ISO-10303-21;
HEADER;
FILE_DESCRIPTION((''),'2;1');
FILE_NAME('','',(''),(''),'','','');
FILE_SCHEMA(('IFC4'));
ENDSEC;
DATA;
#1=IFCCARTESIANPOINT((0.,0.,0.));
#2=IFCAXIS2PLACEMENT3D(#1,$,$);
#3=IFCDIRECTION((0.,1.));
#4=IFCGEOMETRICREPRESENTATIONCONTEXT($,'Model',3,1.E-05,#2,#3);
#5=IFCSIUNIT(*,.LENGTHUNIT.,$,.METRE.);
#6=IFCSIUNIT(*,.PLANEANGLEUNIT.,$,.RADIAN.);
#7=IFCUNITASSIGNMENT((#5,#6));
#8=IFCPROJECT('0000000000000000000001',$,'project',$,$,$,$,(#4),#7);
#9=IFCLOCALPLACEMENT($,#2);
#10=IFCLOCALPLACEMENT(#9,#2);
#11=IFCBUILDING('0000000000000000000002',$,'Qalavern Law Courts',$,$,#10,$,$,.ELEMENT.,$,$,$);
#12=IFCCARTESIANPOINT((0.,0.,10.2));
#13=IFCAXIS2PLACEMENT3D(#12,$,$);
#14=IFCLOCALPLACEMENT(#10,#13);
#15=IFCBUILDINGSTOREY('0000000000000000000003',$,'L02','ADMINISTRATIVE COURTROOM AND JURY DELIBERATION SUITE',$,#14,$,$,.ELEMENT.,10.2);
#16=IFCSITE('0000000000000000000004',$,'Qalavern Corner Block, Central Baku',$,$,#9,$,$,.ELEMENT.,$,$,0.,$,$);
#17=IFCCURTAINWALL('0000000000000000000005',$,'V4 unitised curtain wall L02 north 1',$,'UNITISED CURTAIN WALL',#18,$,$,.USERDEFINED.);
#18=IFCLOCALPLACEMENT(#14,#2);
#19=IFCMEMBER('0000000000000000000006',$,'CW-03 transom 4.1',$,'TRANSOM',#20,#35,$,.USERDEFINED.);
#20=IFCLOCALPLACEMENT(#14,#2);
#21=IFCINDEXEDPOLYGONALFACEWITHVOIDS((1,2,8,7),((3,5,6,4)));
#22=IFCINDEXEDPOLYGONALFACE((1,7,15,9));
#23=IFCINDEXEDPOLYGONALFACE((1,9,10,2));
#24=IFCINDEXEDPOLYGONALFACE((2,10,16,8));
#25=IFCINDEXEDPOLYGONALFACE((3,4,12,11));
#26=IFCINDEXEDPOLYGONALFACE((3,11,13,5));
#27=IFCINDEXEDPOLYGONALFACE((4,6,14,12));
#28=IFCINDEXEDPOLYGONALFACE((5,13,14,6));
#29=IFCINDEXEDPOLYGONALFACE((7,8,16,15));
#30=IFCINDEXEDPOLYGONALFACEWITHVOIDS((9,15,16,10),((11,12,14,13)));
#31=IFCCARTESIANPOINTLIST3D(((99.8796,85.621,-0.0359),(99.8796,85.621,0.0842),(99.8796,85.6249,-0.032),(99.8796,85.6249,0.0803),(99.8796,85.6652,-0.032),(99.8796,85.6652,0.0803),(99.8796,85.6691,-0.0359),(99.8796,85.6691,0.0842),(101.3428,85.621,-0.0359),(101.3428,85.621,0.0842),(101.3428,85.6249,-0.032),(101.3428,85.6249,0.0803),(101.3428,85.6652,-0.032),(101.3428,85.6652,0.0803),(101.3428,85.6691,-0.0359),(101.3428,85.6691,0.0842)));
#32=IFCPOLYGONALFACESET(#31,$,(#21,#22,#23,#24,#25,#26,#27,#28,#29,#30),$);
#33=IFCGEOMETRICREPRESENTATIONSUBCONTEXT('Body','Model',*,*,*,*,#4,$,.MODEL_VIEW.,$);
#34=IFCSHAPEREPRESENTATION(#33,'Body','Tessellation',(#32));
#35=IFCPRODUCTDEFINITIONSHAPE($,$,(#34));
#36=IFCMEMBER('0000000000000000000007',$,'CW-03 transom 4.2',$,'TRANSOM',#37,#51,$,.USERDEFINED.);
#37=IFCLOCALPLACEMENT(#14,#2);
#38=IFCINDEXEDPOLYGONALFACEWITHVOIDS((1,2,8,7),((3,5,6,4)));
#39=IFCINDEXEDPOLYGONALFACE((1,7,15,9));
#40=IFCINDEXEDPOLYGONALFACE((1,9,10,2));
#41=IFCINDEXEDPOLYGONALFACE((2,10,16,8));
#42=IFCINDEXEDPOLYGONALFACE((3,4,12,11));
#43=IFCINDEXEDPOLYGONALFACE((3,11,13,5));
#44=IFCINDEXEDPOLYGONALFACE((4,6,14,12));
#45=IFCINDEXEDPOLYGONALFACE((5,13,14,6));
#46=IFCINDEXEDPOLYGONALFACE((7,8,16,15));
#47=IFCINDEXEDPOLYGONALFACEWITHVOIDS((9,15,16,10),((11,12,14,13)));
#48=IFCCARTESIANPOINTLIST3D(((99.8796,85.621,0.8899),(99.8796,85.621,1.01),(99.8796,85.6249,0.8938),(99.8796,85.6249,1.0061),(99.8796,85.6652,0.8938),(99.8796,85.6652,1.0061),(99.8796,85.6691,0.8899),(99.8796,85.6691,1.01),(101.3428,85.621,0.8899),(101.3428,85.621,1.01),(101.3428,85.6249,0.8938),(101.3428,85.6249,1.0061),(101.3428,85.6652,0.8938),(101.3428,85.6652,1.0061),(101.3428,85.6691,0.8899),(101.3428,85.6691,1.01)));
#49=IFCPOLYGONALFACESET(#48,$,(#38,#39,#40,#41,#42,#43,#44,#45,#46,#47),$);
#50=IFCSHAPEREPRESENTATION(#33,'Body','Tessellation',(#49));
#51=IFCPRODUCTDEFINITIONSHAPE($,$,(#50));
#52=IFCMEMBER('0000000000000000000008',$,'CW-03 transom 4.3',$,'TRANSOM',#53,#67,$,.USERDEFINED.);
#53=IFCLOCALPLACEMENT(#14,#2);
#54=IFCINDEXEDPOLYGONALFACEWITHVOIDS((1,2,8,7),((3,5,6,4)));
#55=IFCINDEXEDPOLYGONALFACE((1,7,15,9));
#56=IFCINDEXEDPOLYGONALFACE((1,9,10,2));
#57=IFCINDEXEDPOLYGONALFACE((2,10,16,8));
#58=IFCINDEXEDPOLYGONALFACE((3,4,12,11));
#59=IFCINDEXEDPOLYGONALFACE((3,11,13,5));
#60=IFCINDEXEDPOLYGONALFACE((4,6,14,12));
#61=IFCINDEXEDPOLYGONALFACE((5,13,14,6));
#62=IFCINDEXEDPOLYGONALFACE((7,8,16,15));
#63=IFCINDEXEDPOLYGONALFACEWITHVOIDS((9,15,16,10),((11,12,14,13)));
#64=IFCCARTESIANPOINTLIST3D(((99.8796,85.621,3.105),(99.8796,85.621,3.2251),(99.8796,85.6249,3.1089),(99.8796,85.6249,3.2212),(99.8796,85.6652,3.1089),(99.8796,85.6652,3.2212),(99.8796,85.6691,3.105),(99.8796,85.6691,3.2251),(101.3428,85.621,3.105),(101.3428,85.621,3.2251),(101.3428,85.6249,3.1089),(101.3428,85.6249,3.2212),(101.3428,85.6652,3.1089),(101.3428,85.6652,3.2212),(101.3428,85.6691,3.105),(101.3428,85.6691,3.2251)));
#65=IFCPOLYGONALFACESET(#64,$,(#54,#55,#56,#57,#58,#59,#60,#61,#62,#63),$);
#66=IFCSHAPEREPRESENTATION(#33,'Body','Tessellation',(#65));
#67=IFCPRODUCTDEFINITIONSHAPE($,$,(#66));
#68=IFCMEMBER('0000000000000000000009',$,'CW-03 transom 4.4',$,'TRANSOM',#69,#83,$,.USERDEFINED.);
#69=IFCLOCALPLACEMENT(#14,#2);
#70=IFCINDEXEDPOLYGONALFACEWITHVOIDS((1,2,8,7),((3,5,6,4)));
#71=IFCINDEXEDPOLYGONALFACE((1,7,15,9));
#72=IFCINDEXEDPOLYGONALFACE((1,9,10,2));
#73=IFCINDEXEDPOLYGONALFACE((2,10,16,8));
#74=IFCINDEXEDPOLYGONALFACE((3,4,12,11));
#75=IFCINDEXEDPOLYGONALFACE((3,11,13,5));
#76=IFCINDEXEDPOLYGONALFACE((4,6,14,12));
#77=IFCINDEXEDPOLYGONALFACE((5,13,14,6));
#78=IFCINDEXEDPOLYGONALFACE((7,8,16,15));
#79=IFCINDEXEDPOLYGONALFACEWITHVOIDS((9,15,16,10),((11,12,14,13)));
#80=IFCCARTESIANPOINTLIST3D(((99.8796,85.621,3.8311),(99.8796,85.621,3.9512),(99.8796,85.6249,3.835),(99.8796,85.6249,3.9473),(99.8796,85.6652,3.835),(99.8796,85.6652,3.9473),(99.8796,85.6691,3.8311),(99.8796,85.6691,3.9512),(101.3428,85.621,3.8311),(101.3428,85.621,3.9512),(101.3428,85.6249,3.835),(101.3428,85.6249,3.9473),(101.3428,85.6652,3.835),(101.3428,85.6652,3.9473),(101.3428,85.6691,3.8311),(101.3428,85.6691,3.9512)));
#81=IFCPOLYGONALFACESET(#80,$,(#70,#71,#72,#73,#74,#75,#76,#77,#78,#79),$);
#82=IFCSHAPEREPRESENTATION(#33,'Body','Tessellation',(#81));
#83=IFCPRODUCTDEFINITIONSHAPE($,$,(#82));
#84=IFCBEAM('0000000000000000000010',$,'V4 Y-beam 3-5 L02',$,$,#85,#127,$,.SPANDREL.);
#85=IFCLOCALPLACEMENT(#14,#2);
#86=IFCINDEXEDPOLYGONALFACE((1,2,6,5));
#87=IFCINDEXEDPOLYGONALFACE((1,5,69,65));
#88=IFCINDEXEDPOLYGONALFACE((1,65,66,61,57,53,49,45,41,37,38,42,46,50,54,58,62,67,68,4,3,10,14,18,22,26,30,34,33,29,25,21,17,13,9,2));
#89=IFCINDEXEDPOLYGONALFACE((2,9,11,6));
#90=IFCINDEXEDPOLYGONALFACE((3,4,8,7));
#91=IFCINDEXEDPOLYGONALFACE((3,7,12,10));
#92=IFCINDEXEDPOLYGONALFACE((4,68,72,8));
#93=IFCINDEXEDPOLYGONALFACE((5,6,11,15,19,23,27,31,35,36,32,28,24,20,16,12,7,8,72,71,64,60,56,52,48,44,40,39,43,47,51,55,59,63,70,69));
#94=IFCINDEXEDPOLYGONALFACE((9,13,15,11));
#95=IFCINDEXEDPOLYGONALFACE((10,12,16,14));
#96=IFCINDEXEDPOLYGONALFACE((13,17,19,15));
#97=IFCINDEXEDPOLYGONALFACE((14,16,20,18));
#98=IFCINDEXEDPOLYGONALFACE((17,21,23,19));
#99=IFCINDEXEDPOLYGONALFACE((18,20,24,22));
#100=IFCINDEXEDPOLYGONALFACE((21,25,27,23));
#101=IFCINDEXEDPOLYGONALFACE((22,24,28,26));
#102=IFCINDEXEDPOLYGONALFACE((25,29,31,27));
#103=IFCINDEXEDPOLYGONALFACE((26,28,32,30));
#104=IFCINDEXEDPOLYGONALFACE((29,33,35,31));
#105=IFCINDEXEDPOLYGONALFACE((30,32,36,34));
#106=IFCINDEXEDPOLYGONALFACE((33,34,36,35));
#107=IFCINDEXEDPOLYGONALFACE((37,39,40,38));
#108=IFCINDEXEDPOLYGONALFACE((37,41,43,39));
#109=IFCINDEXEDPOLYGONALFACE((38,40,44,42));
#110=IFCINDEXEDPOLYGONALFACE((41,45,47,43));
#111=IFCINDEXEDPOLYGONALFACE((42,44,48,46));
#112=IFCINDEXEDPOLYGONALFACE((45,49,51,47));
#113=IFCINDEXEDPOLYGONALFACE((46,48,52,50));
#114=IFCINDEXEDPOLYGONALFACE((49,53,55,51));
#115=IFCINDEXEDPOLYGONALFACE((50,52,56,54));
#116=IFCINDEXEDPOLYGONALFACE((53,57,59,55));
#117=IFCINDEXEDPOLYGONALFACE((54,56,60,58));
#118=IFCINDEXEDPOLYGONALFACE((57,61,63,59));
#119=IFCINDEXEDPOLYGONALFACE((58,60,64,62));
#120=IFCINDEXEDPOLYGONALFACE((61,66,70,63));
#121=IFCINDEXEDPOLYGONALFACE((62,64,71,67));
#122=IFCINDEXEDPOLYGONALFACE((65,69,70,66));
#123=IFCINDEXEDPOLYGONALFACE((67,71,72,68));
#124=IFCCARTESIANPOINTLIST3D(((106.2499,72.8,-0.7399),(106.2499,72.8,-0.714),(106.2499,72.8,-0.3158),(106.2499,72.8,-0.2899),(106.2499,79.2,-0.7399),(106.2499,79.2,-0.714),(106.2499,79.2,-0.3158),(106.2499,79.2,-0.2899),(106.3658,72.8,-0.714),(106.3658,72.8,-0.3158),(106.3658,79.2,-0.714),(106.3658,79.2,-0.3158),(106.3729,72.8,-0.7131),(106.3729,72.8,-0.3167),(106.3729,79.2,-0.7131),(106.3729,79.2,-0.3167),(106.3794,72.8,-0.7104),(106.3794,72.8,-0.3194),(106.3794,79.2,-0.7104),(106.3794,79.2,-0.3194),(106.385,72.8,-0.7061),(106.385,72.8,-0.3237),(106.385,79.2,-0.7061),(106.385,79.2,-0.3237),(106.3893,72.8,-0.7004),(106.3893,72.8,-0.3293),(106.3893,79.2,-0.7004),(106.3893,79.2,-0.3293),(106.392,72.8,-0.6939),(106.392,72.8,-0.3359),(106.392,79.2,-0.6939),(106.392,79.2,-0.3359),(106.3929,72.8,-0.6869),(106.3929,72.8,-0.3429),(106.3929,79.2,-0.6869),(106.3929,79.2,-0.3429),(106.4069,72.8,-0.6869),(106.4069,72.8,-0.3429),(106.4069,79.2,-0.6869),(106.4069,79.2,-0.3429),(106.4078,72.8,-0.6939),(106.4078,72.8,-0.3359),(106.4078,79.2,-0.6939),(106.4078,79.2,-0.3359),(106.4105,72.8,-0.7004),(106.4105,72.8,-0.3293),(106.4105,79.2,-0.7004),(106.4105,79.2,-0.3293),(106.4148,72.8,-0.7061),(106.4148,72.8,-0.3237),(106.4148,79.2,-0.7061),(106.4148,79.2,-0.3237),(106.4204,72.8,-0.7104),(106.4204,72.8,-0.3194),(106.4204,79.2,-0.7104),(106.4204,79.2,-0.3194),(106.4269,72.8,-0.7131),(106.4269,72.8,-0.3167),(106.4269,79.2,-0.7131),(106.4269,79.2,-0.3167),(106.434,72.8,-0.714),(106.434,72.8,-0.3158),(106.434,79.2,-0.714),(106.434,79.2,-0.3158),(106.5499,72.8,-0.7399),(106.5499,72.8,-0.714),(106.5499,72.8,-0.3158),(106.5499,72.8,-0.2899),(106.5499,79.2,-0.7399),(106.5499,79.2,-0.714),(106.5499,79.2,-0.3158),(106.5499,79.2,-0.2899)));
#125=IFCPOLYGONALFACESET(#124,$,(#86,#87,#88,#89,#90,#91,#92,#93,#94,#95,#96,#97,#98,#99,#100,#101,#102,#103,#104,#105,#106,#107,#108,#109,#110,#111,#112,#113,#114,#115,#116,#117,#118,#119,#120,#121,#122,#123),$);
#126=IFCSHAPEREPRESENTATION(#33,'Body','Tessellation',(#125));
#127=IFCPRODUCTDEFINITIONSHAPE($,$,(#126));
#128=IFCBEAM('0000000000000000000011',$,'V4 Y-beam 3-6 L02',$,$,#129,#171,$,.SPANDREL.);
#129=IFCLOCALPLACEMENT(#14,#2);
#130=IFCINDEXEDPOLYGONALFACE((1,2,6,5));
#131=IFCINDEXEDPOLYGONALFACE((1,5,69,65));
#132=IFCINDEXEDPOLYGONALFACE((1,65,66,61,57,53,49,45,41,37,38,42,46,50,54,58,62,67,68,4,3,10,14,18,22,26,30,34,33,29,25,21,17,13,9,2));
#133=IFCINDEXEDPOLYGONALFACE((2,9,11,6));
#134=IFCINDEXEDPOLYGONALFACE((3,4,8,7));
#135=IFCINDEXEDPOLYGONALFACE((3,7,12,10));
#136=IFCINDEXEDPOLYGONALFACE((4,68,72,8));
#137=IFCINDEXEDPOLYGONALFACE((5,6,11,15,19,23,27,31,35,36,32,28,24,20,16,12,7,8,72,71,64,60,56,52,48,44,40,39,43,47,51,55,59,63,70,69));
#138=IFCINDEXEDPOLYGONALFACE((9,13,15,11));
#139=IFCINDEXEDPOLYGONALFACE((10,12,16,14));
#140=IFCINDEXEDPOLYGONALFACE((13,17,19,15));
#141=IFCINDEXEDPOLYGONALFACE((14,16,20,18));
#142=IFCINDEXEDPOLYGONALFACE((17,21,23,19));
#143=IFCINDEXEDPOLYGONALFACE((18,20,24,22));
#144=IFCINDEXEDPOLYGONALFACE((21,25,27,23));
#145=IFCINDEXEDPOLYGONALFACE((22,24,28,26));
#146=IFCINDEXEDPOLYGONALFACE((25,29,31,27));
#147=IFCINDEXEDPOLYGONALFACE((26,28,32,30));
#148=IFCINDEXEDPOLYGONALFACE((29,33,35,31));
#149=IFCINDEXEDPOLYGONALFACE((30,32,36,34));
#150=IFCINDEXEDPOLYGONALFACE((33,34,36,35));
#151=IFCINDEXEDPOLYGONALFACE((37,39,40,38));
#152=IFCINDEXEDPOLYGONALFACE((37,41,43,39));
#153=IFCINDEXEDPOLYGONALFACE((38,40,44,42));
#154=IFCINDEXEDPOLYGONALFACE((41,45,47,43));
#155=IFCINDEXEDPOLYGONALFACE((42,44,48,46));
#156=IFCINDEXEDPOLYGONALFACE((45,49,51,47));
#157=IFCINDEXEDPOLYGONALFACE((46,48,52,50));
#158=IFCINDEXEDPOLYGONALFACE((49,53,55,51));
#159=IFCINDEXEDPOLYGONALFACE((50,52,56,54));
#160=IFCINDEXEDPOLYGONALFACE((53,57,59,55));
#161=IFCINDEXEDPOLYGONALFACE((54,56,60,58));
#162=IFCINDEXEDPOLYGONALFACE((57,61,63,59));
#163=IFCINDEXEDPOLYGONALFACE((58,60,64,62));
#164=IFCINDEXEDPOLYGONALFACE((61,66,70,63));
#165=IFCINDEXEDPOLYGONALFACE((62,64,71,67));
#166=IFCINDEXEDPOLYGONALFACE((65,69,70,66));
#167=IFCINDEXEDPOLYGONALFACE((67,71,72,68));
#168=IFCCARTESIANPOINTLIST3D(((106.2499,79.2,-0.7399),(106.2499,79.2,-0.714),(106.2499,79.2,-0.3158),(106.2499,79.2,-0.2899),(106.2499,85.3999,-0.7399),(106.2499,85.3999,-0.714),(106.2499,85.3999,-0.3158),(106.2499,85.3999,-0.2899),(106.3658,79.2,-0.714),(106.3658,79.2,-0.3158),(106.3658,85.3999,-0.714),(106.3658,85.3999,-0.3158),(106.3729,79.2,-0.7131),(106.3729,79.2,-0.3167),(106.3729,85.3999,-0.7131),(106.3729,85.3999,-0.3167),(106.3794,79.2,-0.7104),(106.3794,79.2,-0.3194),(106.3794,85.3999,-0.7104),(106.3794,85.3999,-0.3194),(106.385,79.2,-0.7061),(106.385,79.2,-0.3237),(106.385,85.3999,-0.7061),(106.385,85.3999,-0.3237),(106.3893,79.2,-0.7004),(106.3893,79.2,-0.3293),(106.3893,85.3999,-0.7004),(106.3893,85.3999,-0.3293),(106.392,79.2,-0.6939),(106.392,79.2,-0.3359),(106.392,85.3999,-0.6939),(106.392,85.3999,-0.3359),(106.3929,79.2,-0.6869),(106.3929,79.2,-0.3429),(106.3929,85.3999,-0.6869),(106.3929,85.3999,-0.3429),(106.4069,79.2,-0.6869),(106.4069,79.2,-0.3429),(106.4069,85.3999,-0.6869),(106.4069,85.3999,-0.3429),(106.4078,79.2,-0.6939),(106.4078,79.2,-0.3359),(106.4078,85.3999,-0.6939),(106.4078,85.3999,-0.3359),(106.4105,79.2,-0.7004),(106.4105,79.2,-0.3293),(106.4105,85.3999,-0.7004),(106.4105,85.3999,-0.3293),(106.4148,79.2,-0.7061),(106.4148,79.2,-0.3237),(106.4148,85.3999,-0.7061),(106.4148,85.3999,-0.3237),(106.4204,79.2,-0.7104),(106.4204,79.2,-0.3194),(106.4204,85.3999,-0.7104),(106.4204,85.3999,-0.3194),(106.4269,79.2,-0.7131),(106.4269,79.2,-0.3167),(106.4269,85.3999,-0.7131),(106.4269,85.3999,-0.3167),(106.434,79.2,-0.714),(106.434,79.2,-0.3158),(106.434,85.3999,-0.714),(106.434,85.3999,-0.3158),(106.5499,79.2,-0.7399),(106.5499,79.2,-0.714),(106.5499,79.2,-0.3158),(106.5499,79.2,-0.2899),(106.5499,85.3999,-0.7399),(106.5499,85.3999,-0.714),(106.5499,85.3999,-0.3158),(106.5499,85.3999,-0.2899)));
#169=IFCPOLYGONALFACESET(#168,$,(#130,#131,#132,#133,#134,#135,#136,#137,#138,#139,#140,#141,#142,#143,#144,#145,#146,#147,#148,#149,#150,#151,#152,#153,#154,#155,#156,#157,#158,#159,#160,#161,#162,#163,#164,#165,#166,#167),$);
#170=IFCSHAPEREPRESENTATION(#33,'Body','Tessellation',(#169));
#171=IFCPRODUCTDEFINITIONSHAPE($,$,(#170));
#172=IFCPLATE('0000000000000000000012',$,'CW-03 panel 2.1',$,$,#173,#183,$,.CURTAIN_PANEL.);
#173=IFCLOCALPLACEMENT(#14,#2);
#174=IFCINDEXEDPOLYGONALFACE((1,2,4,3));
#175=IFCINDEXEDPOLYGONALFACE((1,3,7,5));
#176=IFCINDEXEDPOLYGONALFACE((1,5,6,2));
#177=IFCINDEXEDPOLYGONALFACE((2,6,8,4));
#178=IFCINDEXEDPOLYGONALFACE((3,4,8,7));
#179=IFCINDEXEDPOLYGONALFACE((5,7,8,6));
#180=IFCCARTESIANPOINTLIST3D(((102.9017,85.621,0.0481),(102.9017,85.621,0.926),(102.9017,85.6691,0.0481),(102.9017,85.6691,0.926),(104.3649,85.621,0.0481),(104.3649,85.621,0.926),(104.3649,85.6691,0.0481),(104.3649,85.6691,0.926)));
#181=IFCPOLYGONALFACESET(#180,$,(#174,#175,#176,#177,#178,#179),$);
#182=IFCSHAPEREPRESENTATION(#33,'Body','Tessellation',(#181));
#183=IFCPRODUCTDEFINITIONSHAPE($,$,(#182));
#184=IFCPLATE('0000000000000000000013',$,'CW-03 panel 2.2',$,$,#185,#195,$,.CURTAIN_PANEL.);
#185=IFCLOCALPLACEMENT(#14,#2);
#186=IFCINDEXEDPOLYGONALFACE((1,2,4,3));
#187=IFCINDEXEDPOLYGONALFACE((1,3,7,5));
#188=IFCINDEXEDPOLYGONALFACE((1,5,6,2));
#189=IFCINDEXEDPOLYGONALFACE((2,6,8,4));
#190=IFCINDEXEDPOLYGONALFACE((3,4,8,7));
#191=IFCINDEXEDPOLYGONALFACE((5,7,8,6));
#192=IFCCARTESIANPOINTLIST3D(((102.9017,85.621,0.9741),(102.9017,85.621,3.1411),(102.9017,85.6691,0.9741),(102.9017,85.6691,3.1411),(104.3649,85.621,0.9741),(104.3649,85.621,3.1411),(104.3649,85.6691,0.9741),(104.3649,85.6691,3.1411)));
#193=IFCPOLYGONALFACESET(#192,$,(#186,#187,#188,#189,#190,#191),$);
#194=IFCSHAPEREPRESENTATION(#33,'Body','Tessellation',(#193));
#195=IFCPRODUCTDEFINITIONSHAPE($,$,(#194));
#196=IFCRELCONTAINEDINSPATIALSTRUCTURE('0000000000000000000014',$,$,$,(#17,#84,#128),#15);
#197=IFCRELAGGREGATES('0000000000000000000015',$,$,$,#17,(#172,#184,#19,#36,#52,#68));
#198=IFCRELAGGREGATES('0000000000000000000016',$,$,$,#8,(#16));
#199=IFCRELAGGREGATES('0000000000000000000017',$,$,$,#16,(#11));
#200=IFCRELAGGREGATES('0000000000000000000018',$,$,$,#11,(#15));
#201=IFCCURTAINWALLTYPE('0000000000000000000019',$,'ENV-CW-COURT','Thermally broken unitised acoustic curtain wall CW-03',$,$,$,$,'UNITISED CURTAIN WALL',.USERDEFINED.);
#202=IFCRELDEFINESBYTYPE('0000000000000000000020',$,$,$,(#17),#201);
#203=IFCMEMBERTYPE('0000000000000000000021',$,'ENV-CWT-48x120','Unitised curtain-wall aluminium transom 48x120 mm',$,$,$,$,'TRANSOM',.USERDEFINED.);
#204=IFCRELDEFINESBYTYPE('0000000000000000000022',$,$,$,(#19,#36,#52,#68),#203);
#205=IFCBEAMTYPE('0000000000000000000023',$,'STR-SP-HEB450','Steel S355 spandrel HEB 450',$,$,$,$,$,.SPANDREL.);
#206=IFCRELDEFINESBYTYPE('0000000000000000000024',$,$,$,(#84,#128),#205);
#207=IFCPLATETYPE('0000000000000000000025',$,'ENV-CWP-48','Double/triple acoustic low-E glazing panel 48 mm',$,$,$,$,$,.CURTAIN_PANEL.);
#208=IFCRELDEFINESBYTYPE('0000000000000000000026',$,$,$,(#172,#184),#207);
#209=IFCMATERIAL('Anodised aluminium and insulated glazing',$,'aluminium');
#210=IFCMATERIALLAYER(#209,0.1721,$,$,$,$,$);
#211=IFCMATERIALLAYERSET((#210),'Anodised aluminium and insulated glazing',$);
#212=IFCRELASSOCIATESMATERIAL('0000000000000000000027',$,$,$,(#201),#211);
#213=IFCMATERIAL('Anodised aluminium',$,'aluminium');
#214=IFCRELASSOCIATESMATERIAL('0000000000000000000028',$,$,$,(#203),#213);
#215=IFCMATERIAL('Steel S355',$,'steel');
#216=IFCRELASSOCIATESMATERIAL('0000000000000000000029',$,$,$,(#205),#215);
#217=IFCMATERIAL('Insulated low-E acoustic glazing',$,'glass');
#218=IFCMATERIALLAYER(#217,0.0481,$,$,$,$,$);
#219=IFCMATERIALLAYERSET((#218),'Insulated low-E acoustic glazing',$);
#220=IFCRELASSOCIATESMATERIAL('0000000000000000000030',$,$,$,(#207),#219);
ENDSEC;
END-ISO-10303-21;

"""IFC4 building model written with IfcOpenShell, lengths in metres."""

from ifc_helpers import new_model, si_unit, direction, frame, origin, origin_2d, place, context, subcontext, project, spatial, rectangle, hollow_rectangle, i_section, extrude, material, layer, layer_set, material_profile, profile_set, type_object, element, aggregate, save


model = new_model("IFC4")

# Units and contexts
model_context = context("Model", 3, precision=1e-05, world=origin(), true_north=direction((0.0, 1.0)))
body_context = subcontext(model_context, "Body", "Model", "MODEL_VIEW")
ifc_project = project(units=[si_unit("LENGTHUNIT", "METRE"), si_unit("PLANEANGLEUNIT", "RADIAN")], contexts=[model_context])

# Site, building, storey
site_placement = place(None, origin())
site = spatial("IfcSite", under=ifc_project, at=site_placement, Name="Qalavern Corner Block, Central Baku", CompositionType="ELEMENT", RefElevation=0.0)
building_placement = place(site_placement, origin())
building = spatial("IfcBuilding", under=site, at=building_placement, Name="Qalavern Law Courts", CompositionType="ELEMENT")
storey_placement = place(building_placement, frame((0.0, 0.0, 10.2)))
storey = spatial("IfcBuildingStorey", under=building, at=storey_placement, Name="L02", Description="ADMINISTRATIVE COURTROOM AND JURY DELIBERATION SUITE", CompositionType="ELEMENT", Elevation=10.2)

# Curtain wall, members
ifc_material_1 = material(Name="Anodised aluminium and insulated glazing", Category="aluminium")
ifc_layer_1 = layer(ifc_material_1, 0.1721)
ifc_layer_set_1 = layer_set([ifc_layer_1], Name="Anodised aluminium and insulated glazing")
curtain_wall_type = type_object("IfcCurtainWallType", Name="ENV-CW-COURT", Description="Thermally broken unitised acoustic curtain wall CW-03", ElementType="UNITISED CURTAIN WALL", PredefinedType="USERDEFINED", material=ifc_layer_set_1)
curtain_wall_placement = place(storey_placement, origin())
curtain_wall = element("IfcCurtainWall", 1, at=curtain_wall_placement, inside=storey, type_object=curtain_wall_type, Name="V4 unitised curtain wall L02 north 1", ObjectType="UNITISED CURTAIN WALL", PredefinedType="USERDEFINED")
ifc_material_2 = material(Name="Anodised aluminium", Category="aluminium")
ifc_material_profile_1 = material_profile(ifc_material_2, hollow_rectangle(XDim=0.0481, YDim=0.1201, WallThickness=0.0039, at=origin_2d()), Name="ALU TRANSOM 48x120")
ifc_profile_set_1 = profile_set([ifc_material_profile_1], Name="Anodised aluminium")
member_type_1 = type_object("IfcMemberType", Name="ENV-CWT-48x120", Description="Unitised curtain-wall aluminium transom 48x120 mm", ElementType="TRANSOM", PredefinedType="USERDEFINED", material=ifc_profile_set_1)
member_1_placement = place(storey_placement, frame((101.3428, 85.645, 0.0242), z_axis=(-1.0, 0.0, 0.0), x_axis=(0.0, -1.0, 0.0)))
member_1 = element("IfcMember", 2, at=member_1_placement, type_object=member_type_1, Name="CW-03 transom 4.1", ObjectType="TRANSOM", PredefinedType="USERDEFINED", context=body_context, shape_type="SweptSolid", body=[
    extrude(hollow_rectangle(XDim=0.0481, YDim=0.1201, WallThickness=0.0039, at=origin_2d()), origin(), (0.0, 0.0, 1.0), 1.4631),
])
member_2_placement = place(storey_placement, frame((101.3428, 85.645, 0.95), z_axis=(-1.0, 0.0, 0.0), x_axis=(0.0, -1.0, 0.0)))
member_2 = element("IfcMember", 3, at=member_2_placement, type_object=member_type_1, Name="CW-03 transom 4.2", ObjectType="TRANSOM", PredefinedType="USERDEFINED", context=body_context, shape_type="SweptSolid", body=[
    extrude(hollow_rectangle(XDim=0.0481, YDim=0.1201, WallThickness=0.0039, at=origin_2d()), origin(), (0.0, 0.0, 1.0), 1.4631),
])
member_3_placement = place(storey_placement, frame((101.3428, 85.645, 3.165), z_axis=(-1.0, 0.0, 0.0), x_axis=(0.0, -1.0, 0.0)))
member_3 = element("IfcMember", 4, at=member_3_placement, type_object=member_type_1, Name="CW-03 transom 4.3", ObjectType="TRANSOM", PredefinedType="USERDEFINED", context=body_context, shape_type="SweptSolid", body=[
    extrude(hollow_rectangle(XDim=0.0481, YDim=0.1201, WallThickness=0.0039, at=origin_2d()), origin(), (0.0, 0.0, 1.0), 1.4631),
])
member_4_placement = place(storey_placement, frame((101.3428, 85.645, 3.8911), z_axis=(-1.0, 0.0, 0.0), x_axis=(0.0, -1.0, 0.0)))
member_4 = element("IfcMember", 5, at=member_4_placement, type_object=member_type_1, Name="CW-03 transom 4.4", ObjectType="TRANSOM", PredefinedType="USERDEFINED", context=body_context, shape_type="SweptSolid", body=[
    extrude(hollow_rectangle(XDim=0.0481, YDim=0.1201, WallThickness=0.0039, at=origin_2d()), origin(), (0.0, 0.0, 1.0), 1.4631),
])

# Beams
ifc_material_3 = material(Name="Steel S355", Category="steel")
ifc_material_profile_2 = material_profile(ifc_material_3, i_section(OverallWidth=0.3, OverallDepth=0.45, WebThickness=0.0139, FlangeThickness=0.0259, FilletRadius=0.0271, at=origin_2d()), Name="HEB 450")
ifc_profile_set_2 = profile_set([ifc_material_profile_2], Name="Steel S355")
beam_type = type_object("IfcBeamType", Name="STR-SP-HEB450", Description="Steel S355 spandrel HEB 450", PredefinedType="SPANDREL", material=ifc_profile_set_2)
beam_1_placement = place(storey_placement, frame((106.3999, 72.8, -0.5149), z_axis=(0.0, 1.0, 0.0), x_axis=(-1.0, 0.0, 0.0)))
element("IfcBeam", 6, at=beam_1_placement, inside=storey, type_object=beam_type, Name="V4 Y-beam 3-5 L02", PredefinedType="SPANDREL", context=body_context, shape_type="SweptSolid", body=[
    extrude(i_section(OverallWidth=0.3, OverallDepth=0.45, WebThickness=0.0139, FlangeThickness=0.0259, FilletRadius=0.0271, at=origin_2d()), origin(), (0.0, 0.0, 1.0), 6.3999),
])
beam_2_placement = place(storey_placement, frame((106.3999, 79.2, -0.5149), z_axis=(0.0, 1.0, 0.0), x_axis=(-1.0, 0.0, 0.0)))
element("IfcBeam", 7, at=beam_2_placement, inside=storey, type_object=beam_type, Name="V4 Y-beam 3-6 L02", PredefinedType="SPANDREL", context=body_context, shape_type="SweptSolid", body=[
    extrude(i_section(OverallWidth=0.3, OverallDepth=0.45, WebThickness=0.0139, FlangeThickness=0.0259, FilletRadius=0.0271, at=origin_2d()), origin(), (0.0, 0.0, 1.0), 6.2),
])

# Plates
ifc_material_4 = material(Name="Insulated low-E acoustic glazing", Category="glass")
ifc_layer_2 = layer(ifc_material_4, 0.0481)
ifc_layer_set_2 = layer_set([ifc_layer_2], Name="Insulated low-E acoustic glazing")
plate_type = type_object("IfcPlateType", Name="ENV-CWP-48", Description="Double/triple acoustic low-E glazing panel 48 mm", PredefinedType="CURTAIN_PANEL", material=ifc_layer_set_2)
plate_1_placement = place(storey_placement, frame((103.6333, 85.645, 0.0481), z_axis=(0.0, 0.0, 1.0), x_axis=(-1.0, 0.0, 0.0)))
plate_1 = element("IfcPlate", 8, at=plate_1_placement, type_object=plate_type, Name="CW-03 panel 2.1", PredefinedType="CURTAIN_PANEL", context=body_context, shape_type="SweptSolid", body=[
    extrude(rectangle(XDim=1.4631, YDim=0.0481, at=origin_2d()), origin(), (0.0, 0.0, 1.0), 0.8779),
])
plate_2_placement = place(storey_placement, frame((103.6333, 85.645, 0.9741), z_axis=(0.0, 0.0, 1.0), x_axis=(-1.0, 0.0, 0.0)))
plate_2 = element("IfcPlate", 9, at=plate_2_placement, type_object=plate_type, Name="CW-03 panel 2.2", PredefinedType="CURTAIN_PANEL", context=body_context, shape_type="SweptSolid", body=[
    extrude(rectangle(XDim=1.4631, YDim=0.0481, at=origin_2d()), origin(), (0.0, 0.0, 1.0), 2.167),
])
aggregate(curtain_wall, [plate_1, plate_2, member_1, member_2, member_3, member_4])

save(model, "model.ifc")
